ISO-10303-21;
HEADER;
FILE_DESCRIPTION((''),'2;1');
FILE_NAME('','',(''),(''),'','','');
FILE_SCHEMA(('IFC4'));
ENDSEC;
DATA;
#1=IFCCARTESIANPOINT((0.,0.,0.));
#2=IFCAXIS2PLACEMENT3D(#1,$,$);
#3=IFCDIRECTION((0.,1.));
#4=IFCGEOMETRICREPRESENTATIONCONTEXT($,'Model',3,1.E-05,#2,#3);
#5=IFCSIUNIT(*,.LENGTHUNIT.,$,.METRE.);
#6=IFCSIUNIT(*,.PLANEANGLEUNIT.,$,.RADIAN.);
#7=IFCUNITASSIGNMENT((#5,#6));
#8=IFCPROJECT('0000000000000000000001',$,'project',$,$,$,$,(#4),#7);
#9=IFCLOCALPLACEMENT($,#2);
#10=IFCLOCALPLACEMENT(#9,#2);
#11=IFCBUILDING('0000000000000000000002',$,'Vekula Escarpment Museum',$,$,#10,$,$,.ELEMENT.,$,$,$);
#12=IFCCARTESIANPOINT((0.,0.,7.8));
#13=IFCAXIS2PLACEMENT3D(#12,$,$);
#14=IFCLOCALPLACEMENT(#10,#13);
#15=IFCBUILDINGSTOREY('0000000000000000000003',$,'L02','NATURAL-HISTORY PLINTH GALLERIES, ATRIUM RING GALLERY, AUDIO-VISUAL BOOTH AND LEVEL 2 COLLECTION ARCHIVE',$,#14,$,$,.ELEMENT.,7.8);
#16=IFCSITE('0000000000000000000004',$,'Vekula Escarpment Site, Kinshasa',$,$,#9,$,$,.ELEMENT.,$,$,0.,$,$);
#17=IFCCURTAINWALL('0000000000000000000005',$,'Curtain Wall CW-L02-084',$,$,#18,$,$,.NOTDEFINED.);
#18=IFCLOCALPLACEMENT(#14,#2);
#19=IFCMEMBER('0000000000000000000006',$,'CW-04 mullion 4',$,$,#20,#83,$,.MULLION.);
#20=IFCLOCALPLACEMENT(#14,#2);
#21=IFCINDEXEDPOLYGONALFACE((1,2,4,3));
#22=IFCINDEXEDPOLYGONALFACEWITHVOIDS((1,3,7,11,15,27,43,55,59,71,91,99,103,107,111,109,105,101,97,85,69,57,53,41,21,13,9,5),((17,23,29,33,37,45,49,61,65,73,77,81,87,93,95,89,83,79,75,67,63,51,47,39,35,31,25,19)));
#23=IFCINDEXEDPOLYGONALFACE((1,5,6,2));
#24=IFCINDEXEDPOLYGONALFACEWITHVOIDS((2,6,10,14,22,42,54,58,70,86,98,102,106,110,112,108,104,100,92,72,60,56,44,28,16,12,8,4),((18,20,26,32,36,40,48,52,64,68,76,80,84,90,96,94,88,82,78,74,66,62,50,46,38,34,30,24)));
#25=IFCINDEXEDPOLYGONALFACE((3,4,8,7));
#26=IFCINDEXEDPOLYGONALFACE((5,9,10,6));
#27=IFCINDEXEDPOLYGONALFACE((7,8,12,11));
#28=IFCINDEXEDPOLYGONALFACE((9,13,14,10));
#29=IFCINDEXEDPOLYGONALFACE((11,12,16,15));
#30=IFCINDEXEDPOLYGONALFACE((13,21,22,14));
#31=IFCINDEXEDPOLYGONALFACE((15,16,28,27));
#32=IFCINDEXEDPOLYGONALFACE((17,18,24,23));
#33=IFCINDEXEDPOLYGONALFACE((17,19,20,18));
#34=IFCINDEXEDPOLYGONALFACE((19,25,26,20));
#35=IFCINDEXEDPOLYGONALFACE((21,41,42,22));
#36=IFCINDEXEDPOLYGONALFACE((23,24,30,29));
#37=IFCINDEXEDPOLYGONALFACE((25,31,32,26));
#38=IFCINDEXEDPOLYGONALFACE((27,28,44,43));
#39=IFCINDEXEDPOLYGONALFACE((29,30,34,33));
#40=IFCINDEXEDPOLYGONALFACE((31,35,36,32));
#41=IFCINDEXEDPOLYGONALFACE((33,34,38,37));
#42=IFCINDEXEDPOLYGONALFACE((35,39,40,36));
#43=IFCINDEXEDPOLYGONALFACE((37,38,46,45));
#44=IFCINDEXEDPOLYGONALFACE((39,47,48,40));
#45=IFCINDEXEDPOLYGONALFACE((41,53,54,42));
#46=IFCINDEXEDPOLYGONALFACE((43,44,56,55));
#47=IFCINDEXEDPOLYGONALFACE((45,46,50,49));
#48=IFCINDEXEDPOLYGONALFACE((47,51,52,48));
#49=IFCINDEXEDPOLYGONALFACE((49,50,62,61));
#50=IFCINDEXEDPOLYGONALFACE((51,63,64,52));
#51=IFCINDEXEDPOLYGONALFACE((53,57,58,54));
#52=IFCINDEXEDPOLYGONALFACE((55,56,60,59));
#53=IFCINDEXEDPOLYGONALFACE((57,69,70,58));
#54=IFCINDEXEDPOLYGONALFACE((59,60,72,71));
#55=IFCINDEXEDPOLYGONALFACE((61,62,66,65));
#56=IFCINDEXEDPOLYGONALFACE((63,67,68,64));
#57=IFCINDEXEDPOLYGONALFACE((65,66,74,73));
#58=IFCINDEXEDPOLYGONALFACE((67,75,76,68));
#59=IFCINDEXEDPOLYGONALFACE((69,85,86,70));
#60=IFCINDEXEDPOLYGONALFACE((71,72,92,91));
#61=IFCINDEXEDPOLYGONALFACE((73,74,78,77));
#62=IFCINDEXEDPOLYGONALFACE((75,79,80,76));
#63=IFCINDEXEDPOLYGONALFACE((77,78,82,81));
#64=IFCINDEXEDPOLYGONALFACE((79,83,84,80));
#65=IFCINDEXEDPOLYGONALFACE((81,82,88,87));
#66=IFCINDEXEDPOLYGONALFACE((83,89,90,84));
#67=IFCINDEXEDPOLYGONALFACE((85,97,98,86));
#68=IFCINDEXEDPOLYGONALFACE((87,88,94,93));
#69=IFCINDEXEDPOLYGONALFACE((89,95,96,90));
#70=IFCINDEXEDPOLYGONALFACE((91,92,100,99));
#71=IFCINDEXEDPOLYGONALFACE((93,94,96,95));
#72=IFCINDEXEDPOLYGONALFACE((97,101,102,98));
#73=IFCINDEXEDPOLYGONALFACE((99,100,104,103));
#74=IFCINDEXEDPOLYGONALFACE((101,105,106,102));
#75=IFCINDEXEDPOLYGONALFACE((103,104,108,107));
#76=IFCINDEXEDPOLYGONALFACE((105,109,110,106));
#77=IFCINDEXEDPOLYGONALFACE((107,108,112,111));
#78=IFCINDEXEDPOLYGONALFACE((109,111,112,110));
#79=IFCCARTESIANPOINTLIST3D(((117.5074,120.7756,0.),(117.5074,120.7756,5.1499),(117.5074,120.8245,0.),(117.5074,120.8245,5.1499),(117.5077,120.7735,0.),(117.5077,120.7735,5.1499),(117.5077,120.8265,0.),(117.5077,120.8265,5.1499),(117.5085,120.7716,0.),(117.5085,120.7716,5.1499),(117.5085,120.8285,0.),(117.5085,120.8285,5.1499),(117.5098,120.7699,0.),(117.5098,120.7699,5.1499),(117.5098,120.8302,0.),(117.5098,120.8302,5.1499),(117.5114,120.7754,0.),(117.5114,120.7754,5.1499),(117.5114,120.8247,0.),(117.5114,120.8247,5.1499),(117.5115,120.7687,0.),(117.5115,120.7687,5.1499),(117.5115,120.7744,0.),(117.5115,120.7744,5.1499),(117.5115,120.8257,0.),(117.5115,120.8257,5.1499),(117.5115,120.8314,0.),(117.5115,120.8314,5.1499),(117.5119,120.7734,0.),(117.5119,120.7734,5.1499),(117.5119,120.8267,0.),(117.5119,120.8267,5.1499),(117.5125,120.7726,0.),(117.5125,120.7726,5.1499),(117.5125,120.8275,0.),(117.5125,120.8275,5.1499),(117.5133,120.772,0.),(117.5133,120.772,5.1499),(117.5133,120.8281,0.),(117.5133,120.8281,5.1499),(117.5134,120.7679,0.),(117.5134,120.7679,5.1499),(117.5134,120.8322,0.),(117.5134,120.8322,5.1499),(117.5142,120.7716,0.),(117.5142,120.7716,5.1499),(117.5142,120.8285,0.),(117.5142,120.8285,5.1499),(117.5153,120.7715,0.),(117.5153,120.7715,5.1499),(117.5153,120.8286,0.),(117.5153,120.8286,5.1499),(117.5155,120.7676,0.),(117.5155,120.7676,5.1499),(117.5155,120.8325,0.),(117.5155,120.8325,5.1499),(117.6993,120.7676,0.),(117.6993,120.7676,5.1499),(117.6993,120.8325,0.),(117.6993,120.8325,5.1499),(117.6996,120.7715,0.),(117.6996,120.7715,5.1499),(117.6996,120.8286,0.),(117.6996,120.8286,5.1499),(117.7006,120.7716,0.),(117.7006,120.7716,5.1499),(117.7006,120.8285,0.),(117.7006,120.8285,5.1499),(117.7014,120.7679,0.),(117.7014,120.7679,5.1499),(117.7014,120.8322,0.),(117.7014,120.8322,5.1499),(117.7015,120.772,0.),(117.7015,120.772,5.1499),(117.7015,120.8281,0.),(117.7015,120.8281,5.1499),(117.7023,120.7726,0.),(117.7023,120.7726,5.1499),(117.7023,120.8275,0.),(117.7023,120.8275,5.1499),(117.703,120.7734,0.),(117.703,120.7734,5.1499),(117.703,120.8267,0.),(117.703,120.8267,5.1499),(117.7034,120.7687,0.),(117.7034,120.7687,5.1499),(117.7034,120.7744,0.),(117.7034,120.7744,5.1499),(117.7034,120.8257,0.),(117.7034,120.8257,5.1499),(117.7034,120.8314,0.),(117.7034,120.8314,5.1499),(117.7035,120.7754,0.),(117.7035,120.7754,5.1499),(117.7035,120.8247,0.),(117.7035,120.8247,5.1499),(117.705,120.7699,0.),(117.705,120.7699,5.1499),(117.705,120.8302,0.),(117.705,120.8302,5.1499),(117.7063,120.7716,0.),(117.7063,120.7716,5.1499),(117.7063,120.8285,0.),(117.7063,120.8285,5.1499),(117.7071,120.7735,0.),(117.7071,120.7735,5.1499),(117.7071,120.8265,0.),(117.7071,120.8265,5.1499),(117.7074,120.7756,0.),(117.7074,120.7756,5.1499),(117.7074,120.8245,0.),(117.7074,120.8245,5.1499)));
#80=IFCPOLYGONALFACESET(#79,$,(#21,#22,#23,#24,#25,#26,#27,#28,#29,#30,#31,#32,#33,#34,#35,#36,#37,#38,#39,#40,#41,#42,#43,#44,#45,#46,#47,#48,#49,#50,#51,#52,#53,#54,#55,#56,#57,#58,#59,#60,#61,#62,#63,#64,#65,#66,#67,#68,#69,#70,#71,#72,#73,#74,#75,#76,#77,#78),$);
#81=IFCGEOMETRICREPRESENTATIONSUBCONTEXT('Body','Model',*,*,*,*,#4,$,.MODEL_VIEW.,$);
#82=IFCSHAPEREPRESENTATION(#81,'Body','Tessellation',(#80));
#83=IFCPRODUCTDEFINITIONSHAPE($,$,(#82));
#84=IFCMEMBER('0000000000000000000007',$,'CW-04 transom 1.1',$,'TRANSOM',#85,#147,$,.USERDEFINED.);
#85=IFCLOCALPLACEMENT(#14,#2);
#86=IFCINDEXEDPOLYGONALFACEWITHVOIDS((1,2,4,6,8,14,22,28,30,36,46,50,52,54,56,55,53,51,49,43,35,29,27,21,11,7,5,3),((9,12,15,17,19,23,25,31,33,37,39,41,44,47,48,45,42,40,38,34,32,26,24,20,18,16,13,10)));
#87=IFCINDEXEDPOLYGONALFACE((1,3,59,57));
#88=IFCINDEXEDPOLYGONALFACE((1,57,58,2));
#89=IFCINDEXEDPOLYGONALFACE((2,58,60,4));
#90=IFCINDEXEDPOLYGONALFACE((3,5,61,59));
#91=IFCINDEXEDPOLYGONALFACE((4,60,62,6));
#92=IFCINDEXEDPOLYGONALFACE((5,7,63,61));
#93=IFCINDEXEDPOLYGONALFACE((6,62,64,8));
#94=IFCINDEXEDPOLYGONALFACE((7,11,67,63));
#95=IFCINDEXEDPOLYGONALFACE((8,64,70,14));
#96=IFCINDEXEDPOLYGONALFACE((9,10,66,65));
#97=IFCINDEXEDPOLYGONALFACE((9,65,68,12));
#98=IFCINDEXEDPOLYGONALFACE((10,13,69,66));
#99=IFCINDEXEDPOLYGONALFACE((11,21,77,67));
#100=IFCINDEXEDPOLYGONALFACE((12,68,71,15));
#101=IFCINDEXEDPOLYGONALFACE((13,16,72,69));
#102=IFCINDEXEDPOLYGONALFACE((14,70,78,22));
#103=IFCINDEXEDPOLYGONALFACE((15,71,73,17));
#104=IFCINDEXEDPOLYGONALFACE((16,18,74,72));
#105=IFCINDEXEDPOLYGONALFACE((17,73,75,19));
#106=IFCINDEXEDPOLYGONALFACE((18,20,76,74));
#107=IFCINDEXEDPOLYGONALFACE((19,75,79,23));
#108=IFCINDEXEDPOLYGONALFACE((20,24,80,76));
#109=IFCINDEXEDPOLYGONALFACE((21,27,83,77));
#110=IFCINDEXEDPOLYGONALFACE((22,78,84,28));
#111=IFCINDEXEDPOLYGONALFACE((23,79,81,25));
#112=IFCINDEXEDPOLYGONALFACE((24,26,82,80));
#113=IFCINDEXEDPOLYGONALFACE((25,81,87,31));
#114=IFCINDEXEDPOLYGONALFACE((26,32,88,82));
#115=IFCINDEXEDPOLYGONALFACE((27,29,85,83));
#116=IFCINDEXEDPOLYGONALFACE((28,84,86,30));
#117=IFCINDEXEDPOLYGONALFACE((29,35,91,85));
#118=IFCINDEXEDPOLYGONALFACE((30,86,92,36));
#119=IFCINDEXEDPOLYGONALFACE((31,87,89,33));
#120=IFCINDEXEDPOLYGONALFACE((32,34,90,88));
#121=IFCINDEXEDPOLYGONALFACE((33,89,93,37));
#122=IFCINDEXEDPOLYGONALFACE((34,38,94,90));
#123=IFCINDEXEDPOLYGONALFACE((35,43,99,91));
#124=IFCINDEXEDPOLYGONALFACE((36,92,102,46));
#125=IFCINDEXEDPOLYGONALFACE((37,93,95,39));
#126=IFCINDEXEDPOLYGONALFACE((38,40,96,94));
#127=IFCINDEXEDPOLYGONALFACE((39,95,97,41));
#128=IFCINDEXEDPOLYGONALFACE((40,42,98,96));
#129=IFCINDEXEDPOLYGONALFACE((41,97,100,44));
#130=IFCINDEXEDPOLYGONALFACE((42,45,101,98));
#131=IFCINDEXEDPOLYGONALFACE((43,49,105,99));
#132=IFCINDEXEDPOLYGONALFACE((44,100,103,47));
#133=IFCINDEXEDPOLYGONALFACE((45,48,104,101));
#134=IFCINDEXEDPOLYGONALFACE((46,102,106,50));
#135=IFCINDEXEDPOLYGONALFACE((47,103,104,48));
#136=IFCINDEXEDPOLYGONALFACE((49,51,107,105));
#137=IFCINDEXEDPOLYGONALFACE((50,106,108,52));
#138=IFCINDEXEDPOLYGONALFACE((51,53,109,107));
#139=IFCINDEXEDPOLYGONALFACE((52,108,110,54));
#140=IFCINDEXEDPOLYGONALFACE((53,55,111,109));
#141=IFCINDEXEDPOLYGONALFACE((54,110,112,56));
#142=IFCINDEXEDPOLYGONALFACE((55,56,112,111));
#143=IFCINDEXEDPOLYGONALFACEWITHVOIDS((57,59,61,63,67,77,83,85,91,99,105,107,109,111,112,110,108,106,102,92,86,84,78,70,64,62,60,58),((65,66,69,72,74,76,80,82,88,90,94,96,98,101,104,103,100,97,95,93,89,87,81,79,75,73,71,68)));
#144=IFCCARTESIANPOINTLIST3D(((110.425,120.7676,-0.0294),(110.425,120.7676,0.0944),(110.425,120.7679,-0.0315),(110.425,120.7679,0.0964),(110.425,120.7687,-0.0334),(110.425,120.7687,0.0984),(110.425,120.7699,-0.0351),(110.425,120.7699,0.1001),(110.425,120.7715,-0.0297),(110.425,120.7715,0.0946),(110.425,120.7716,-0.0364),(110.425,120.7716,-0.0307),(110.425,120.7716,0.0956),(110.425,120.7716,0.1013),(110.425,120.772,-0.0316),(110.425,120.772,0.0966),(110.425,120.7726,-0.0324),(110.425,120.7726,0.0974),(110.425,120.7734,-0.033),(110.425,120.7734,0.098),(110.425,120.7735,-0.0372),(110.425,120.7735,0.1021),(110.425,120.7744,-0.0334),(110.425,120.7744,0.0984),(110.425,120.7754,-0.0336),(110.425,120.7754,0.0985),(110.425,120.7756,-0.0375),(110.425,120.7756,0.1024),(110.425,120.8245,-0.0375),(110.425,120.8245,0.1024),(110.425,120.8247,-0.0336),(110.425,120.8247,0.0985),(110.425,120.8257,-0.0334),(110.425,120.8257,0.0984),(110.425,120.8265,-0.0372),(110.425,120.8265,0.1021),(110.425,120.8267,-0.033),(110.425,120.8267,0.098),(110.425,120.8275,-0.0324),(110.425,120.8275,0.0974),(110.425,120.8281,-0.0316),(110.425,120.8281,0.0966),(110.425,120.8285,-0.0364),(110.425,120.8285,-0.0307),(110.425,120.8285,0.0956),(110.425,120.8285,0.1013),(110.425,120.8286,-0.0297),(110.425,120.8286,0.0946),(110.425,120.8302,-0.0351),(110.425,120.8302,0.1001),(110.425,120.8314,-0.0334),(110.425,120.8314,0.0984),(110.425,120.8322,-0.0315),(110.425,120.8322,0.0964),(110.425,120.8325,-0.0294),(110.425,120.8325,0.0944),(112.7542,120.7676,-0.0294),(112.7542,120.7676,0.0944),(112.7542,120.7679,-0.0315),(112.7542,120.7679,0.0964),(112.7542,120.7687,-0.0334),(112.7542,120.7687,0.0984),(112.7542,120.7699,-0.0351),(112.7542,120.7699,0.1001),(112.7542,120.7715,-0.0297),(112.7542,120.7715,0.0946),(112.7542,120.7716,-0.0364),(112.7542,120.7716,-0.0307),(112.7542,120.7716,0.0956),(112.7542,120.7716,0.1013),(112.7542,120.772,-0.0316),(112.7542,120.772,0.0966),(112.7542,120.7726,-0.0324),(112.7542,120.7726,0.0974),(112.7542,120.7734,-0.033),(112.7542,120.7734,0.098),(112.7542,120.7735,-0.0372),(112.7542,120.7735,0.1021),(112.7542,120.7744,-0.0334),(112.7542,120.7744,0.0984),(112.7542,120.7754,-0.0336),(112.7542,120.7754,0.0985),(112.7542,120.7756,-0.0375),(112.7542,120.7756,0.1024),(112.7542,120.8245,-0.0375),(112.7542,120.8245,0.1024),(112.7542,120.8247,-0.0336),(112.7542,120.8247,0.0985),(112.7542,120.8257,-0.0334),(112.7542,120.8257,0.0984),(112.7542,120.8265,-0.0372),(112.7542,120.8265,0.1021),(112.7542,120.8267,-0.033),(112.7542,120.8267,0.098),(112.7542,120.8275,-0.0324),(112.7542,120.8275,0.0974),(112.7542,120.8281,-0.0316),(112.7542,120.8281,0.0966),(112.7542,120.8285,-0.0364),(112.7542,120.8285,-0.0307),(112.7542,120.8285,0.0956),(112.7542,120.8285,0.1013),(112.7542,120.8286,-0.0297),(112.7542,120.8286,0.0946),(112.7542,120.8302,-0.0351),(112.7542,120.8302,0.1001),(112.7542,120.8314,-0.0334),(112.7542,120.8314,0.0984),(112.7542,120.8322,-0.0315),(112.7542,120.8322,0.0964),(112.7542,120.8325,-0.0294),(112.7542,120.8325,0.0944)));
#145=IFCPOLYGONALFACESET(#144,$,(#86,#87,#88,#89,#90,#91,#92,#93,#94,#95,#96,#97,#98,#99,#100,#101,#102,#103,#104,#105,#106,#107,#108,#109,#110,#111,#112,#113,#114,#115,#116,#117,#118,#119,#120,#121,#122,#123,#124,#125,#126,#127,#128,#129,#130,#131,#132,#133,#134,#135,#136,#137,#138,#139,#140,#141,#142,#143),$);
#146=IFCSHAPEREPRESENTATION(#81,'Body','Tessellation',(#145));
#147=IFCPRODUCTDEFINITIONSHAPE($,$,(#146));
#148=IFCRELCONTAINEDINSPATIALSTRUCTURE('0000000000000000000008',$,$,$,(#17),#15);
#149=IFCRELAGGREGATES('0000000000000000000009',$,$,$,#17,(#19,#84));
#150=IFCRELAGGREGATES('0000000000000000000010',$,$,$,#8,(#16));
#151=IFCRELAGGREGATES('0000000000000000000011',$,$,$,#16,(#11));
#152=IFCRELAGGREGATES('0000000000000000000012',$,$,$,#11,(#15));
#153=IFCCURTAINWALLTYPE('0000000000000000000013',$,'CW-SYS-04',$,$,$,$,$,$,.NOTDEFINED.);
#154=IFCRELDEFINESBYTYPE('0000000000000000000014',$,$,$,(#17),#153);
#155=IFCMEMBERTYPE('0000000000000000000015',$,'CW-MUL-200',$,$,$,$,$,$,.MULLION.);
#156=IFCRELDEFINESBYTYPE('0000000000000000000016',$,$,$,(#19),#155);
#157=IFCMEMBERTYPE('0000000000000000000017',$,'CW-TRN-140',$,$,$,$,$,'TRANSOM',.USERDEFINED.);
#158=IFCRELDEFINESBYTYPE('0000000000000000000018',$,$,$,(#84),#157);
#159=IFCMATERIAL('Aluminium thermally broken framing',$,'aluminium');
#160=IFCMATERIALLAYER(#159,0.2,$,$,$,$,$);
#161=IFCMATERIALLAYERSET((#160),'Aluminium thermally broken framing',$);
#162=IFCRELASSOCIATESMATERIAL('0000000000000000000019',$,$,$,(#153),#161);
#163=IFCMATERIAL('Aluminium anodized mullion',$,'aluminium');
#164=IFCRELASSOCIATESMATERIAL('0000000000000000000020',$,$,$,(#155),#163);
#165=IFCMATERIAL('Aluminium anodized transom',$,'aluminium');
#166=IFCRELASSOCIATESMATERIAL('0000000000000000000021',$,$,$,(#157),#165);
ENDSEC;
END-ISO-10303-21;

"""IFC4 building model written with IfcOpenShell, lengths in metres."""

from ifc_helpers import new_model, si_unit, direction, frame, origin, origin_2d, place, context, subcontext, project, spatial, hollow_rectangle, extrude, material, layer, layer_set, material_profile, profile_set, type_object, element, aggregate, save


model = new_model("IFC4")

# Units and contexts
model_context = context("Model", 3, precision=1e-05, world=origin(), true_north=direction((0.0, 1.0)))
body_context = subcontext(model_context, "Body", "Model", "MODEL_VIEW")
ifc_project = project(units=[si_unit("LENGTHUNIT", "METRE"), si_unit("PLANEANGLEUNIT", "RADIAN")], contexts=[model_context])

# Site, building, storey
site_placement = place(None, origin())
site = spatial("IfcSite", under=ifc_project, at=site_placement, Name="Vekula Escarpment Site, Kinshasa", CompositionType="ELEMENT", RefElevation=0.0)
building_placement = place(site_placement, origin())
building = spatial("IfcBuilding", under=site, at=building_placement, Name="Vekula Escarpment Museum", CompositionType="ELEMENT")
storey_placement = place(building_placement, frame((0.0, 0.0, 7.8)))
storey = spatial("IfcBuildingStorey", under=building, at=storey_placement, Name="L02", Description="NATURAL-HISTORY PLINTH GALLERIES, ATRIUM RING GALLERY, AUDIO-VISUAL BOOTH AND LEVEL 2 COLLECTION ARCHIVE", CompositionType="ELEMENT", Elevation=7.8)

# Curtain wall, members
ifc_material_1 = material(Name="Aluminium thermally broken framing", Category="aluminium")
ifc_layer_1 = layer(ifc_material_1, 0.2)
ifc_layer_set_1 = layer_set([ifc_layer_1], Name="Aluminium thermally broken framing")
curtain_wall_type = type_object("IfcCurtainWallType", Name="CW-SYS-04", PredefinedType="NOTDEFINED", material=ifc_layer_set_1)
curtain_wall_placement = place(storey_placement, origin())
curtain_wall = element("IfcCurtainWall", 1, at=curtain_wall_placement, inside=storey, type_object=curtain_wall_type, Name="Curtain Wall CW-L02-084", PredefinedType="NOTDEFINED")
ifc_material_2 = material(Name="Aluminium anodized mullion", Category="aluminium")
ifc_material_profile_1 = material_profile(ifc_material_2, hollow_rectangle(XDim=0.0649, YDim=0.2, WallThickness=0.0039, InnerFilletRadius=0.0039, OuterFilletRadius=0.0081, at=origin_2d()), Name="ALU 200x65x4")
ifc_profile_set_1 = profile_set([ifc_material_profile_1], Name="Aluminium anodized mullion")
member_type_1 = type_object("IfcMemberType", Name="CW-MUL-200", PredefinedType="MULLION", material=ifc_profile_set_1)
member_1_placement = place(storey_placement, frame((117.6074, 120.8, 0.0), z_axis=(0.0, 0.0, 1.0), x_axis=(0.0, 1.0, 0.0)))
member_1 = element("IfcMember", 2, at=member_1_placement, type_object=member_type_1, Name="CW-04 mullion 4", PredefinedType="MULLION", context=body_context, shape_type="SweptSolid", body=[
    extrude(hollow_rectangle(XDim=0.0649, YDim=0.2, WallThickness=0.0039, InnerFilletRadius=0.0039, OuterFilletRadius=0.0081, at=origin_2d()), origin(), (0.0, 0.0, 1.0), 5.1499),
])
ifc_material_3 = material(Name="Aluminium anodized transom", Category="aluminium")
ifc_material_profile_2 = material_profile(ifc_material_3, hollow_rectangle(XDim=0.0649, YDim=0.1399, WallThickness=0.0039, InnerFilletRadius=0.0039, OuterFilletRadius=0.0081, at=origin_2d()), Name="ALU 140x65x4")
ifc_profile_set_2 = profile_set([ifc_material_profile_2], Name="Aluminium anodized transom")
member_type_2 = type_object("IfcMemberType", Name="CW-TRN-140", ElementType="TRANSOM", PredefinedType="USERDEFINED", material=ifc_profile_set_2)
member_2_placement = place(storey_placement, frame((110.425, 120.8, 0.0325), z_axis=(1.0, 0.0, 0.0), x_axis=(0.0, 1.0, 0.0)))
member_2 = element("IfcMember", 3, at=member_2_placement, type_object=member_type_2, Name="CW-04 transom 1.1", ObjectType="TRANSOM", PredefinedType="USERDEFINED", context=body_context, shape_type="SweptSolid", body=[
    extrude(hollow_rectangle(XDim=0.0649, YDim=0.1399, WallThickness=0.0039, InnerFilletRadius=0.0039, OuterFilletRadius=0.0081, at=origin_2d()), origin(), (0.0, 0.0, 1.0), 2.3291),
])

aggregate(curtain_wall, [member_1, member_2])

save(model, "model.ifc")
